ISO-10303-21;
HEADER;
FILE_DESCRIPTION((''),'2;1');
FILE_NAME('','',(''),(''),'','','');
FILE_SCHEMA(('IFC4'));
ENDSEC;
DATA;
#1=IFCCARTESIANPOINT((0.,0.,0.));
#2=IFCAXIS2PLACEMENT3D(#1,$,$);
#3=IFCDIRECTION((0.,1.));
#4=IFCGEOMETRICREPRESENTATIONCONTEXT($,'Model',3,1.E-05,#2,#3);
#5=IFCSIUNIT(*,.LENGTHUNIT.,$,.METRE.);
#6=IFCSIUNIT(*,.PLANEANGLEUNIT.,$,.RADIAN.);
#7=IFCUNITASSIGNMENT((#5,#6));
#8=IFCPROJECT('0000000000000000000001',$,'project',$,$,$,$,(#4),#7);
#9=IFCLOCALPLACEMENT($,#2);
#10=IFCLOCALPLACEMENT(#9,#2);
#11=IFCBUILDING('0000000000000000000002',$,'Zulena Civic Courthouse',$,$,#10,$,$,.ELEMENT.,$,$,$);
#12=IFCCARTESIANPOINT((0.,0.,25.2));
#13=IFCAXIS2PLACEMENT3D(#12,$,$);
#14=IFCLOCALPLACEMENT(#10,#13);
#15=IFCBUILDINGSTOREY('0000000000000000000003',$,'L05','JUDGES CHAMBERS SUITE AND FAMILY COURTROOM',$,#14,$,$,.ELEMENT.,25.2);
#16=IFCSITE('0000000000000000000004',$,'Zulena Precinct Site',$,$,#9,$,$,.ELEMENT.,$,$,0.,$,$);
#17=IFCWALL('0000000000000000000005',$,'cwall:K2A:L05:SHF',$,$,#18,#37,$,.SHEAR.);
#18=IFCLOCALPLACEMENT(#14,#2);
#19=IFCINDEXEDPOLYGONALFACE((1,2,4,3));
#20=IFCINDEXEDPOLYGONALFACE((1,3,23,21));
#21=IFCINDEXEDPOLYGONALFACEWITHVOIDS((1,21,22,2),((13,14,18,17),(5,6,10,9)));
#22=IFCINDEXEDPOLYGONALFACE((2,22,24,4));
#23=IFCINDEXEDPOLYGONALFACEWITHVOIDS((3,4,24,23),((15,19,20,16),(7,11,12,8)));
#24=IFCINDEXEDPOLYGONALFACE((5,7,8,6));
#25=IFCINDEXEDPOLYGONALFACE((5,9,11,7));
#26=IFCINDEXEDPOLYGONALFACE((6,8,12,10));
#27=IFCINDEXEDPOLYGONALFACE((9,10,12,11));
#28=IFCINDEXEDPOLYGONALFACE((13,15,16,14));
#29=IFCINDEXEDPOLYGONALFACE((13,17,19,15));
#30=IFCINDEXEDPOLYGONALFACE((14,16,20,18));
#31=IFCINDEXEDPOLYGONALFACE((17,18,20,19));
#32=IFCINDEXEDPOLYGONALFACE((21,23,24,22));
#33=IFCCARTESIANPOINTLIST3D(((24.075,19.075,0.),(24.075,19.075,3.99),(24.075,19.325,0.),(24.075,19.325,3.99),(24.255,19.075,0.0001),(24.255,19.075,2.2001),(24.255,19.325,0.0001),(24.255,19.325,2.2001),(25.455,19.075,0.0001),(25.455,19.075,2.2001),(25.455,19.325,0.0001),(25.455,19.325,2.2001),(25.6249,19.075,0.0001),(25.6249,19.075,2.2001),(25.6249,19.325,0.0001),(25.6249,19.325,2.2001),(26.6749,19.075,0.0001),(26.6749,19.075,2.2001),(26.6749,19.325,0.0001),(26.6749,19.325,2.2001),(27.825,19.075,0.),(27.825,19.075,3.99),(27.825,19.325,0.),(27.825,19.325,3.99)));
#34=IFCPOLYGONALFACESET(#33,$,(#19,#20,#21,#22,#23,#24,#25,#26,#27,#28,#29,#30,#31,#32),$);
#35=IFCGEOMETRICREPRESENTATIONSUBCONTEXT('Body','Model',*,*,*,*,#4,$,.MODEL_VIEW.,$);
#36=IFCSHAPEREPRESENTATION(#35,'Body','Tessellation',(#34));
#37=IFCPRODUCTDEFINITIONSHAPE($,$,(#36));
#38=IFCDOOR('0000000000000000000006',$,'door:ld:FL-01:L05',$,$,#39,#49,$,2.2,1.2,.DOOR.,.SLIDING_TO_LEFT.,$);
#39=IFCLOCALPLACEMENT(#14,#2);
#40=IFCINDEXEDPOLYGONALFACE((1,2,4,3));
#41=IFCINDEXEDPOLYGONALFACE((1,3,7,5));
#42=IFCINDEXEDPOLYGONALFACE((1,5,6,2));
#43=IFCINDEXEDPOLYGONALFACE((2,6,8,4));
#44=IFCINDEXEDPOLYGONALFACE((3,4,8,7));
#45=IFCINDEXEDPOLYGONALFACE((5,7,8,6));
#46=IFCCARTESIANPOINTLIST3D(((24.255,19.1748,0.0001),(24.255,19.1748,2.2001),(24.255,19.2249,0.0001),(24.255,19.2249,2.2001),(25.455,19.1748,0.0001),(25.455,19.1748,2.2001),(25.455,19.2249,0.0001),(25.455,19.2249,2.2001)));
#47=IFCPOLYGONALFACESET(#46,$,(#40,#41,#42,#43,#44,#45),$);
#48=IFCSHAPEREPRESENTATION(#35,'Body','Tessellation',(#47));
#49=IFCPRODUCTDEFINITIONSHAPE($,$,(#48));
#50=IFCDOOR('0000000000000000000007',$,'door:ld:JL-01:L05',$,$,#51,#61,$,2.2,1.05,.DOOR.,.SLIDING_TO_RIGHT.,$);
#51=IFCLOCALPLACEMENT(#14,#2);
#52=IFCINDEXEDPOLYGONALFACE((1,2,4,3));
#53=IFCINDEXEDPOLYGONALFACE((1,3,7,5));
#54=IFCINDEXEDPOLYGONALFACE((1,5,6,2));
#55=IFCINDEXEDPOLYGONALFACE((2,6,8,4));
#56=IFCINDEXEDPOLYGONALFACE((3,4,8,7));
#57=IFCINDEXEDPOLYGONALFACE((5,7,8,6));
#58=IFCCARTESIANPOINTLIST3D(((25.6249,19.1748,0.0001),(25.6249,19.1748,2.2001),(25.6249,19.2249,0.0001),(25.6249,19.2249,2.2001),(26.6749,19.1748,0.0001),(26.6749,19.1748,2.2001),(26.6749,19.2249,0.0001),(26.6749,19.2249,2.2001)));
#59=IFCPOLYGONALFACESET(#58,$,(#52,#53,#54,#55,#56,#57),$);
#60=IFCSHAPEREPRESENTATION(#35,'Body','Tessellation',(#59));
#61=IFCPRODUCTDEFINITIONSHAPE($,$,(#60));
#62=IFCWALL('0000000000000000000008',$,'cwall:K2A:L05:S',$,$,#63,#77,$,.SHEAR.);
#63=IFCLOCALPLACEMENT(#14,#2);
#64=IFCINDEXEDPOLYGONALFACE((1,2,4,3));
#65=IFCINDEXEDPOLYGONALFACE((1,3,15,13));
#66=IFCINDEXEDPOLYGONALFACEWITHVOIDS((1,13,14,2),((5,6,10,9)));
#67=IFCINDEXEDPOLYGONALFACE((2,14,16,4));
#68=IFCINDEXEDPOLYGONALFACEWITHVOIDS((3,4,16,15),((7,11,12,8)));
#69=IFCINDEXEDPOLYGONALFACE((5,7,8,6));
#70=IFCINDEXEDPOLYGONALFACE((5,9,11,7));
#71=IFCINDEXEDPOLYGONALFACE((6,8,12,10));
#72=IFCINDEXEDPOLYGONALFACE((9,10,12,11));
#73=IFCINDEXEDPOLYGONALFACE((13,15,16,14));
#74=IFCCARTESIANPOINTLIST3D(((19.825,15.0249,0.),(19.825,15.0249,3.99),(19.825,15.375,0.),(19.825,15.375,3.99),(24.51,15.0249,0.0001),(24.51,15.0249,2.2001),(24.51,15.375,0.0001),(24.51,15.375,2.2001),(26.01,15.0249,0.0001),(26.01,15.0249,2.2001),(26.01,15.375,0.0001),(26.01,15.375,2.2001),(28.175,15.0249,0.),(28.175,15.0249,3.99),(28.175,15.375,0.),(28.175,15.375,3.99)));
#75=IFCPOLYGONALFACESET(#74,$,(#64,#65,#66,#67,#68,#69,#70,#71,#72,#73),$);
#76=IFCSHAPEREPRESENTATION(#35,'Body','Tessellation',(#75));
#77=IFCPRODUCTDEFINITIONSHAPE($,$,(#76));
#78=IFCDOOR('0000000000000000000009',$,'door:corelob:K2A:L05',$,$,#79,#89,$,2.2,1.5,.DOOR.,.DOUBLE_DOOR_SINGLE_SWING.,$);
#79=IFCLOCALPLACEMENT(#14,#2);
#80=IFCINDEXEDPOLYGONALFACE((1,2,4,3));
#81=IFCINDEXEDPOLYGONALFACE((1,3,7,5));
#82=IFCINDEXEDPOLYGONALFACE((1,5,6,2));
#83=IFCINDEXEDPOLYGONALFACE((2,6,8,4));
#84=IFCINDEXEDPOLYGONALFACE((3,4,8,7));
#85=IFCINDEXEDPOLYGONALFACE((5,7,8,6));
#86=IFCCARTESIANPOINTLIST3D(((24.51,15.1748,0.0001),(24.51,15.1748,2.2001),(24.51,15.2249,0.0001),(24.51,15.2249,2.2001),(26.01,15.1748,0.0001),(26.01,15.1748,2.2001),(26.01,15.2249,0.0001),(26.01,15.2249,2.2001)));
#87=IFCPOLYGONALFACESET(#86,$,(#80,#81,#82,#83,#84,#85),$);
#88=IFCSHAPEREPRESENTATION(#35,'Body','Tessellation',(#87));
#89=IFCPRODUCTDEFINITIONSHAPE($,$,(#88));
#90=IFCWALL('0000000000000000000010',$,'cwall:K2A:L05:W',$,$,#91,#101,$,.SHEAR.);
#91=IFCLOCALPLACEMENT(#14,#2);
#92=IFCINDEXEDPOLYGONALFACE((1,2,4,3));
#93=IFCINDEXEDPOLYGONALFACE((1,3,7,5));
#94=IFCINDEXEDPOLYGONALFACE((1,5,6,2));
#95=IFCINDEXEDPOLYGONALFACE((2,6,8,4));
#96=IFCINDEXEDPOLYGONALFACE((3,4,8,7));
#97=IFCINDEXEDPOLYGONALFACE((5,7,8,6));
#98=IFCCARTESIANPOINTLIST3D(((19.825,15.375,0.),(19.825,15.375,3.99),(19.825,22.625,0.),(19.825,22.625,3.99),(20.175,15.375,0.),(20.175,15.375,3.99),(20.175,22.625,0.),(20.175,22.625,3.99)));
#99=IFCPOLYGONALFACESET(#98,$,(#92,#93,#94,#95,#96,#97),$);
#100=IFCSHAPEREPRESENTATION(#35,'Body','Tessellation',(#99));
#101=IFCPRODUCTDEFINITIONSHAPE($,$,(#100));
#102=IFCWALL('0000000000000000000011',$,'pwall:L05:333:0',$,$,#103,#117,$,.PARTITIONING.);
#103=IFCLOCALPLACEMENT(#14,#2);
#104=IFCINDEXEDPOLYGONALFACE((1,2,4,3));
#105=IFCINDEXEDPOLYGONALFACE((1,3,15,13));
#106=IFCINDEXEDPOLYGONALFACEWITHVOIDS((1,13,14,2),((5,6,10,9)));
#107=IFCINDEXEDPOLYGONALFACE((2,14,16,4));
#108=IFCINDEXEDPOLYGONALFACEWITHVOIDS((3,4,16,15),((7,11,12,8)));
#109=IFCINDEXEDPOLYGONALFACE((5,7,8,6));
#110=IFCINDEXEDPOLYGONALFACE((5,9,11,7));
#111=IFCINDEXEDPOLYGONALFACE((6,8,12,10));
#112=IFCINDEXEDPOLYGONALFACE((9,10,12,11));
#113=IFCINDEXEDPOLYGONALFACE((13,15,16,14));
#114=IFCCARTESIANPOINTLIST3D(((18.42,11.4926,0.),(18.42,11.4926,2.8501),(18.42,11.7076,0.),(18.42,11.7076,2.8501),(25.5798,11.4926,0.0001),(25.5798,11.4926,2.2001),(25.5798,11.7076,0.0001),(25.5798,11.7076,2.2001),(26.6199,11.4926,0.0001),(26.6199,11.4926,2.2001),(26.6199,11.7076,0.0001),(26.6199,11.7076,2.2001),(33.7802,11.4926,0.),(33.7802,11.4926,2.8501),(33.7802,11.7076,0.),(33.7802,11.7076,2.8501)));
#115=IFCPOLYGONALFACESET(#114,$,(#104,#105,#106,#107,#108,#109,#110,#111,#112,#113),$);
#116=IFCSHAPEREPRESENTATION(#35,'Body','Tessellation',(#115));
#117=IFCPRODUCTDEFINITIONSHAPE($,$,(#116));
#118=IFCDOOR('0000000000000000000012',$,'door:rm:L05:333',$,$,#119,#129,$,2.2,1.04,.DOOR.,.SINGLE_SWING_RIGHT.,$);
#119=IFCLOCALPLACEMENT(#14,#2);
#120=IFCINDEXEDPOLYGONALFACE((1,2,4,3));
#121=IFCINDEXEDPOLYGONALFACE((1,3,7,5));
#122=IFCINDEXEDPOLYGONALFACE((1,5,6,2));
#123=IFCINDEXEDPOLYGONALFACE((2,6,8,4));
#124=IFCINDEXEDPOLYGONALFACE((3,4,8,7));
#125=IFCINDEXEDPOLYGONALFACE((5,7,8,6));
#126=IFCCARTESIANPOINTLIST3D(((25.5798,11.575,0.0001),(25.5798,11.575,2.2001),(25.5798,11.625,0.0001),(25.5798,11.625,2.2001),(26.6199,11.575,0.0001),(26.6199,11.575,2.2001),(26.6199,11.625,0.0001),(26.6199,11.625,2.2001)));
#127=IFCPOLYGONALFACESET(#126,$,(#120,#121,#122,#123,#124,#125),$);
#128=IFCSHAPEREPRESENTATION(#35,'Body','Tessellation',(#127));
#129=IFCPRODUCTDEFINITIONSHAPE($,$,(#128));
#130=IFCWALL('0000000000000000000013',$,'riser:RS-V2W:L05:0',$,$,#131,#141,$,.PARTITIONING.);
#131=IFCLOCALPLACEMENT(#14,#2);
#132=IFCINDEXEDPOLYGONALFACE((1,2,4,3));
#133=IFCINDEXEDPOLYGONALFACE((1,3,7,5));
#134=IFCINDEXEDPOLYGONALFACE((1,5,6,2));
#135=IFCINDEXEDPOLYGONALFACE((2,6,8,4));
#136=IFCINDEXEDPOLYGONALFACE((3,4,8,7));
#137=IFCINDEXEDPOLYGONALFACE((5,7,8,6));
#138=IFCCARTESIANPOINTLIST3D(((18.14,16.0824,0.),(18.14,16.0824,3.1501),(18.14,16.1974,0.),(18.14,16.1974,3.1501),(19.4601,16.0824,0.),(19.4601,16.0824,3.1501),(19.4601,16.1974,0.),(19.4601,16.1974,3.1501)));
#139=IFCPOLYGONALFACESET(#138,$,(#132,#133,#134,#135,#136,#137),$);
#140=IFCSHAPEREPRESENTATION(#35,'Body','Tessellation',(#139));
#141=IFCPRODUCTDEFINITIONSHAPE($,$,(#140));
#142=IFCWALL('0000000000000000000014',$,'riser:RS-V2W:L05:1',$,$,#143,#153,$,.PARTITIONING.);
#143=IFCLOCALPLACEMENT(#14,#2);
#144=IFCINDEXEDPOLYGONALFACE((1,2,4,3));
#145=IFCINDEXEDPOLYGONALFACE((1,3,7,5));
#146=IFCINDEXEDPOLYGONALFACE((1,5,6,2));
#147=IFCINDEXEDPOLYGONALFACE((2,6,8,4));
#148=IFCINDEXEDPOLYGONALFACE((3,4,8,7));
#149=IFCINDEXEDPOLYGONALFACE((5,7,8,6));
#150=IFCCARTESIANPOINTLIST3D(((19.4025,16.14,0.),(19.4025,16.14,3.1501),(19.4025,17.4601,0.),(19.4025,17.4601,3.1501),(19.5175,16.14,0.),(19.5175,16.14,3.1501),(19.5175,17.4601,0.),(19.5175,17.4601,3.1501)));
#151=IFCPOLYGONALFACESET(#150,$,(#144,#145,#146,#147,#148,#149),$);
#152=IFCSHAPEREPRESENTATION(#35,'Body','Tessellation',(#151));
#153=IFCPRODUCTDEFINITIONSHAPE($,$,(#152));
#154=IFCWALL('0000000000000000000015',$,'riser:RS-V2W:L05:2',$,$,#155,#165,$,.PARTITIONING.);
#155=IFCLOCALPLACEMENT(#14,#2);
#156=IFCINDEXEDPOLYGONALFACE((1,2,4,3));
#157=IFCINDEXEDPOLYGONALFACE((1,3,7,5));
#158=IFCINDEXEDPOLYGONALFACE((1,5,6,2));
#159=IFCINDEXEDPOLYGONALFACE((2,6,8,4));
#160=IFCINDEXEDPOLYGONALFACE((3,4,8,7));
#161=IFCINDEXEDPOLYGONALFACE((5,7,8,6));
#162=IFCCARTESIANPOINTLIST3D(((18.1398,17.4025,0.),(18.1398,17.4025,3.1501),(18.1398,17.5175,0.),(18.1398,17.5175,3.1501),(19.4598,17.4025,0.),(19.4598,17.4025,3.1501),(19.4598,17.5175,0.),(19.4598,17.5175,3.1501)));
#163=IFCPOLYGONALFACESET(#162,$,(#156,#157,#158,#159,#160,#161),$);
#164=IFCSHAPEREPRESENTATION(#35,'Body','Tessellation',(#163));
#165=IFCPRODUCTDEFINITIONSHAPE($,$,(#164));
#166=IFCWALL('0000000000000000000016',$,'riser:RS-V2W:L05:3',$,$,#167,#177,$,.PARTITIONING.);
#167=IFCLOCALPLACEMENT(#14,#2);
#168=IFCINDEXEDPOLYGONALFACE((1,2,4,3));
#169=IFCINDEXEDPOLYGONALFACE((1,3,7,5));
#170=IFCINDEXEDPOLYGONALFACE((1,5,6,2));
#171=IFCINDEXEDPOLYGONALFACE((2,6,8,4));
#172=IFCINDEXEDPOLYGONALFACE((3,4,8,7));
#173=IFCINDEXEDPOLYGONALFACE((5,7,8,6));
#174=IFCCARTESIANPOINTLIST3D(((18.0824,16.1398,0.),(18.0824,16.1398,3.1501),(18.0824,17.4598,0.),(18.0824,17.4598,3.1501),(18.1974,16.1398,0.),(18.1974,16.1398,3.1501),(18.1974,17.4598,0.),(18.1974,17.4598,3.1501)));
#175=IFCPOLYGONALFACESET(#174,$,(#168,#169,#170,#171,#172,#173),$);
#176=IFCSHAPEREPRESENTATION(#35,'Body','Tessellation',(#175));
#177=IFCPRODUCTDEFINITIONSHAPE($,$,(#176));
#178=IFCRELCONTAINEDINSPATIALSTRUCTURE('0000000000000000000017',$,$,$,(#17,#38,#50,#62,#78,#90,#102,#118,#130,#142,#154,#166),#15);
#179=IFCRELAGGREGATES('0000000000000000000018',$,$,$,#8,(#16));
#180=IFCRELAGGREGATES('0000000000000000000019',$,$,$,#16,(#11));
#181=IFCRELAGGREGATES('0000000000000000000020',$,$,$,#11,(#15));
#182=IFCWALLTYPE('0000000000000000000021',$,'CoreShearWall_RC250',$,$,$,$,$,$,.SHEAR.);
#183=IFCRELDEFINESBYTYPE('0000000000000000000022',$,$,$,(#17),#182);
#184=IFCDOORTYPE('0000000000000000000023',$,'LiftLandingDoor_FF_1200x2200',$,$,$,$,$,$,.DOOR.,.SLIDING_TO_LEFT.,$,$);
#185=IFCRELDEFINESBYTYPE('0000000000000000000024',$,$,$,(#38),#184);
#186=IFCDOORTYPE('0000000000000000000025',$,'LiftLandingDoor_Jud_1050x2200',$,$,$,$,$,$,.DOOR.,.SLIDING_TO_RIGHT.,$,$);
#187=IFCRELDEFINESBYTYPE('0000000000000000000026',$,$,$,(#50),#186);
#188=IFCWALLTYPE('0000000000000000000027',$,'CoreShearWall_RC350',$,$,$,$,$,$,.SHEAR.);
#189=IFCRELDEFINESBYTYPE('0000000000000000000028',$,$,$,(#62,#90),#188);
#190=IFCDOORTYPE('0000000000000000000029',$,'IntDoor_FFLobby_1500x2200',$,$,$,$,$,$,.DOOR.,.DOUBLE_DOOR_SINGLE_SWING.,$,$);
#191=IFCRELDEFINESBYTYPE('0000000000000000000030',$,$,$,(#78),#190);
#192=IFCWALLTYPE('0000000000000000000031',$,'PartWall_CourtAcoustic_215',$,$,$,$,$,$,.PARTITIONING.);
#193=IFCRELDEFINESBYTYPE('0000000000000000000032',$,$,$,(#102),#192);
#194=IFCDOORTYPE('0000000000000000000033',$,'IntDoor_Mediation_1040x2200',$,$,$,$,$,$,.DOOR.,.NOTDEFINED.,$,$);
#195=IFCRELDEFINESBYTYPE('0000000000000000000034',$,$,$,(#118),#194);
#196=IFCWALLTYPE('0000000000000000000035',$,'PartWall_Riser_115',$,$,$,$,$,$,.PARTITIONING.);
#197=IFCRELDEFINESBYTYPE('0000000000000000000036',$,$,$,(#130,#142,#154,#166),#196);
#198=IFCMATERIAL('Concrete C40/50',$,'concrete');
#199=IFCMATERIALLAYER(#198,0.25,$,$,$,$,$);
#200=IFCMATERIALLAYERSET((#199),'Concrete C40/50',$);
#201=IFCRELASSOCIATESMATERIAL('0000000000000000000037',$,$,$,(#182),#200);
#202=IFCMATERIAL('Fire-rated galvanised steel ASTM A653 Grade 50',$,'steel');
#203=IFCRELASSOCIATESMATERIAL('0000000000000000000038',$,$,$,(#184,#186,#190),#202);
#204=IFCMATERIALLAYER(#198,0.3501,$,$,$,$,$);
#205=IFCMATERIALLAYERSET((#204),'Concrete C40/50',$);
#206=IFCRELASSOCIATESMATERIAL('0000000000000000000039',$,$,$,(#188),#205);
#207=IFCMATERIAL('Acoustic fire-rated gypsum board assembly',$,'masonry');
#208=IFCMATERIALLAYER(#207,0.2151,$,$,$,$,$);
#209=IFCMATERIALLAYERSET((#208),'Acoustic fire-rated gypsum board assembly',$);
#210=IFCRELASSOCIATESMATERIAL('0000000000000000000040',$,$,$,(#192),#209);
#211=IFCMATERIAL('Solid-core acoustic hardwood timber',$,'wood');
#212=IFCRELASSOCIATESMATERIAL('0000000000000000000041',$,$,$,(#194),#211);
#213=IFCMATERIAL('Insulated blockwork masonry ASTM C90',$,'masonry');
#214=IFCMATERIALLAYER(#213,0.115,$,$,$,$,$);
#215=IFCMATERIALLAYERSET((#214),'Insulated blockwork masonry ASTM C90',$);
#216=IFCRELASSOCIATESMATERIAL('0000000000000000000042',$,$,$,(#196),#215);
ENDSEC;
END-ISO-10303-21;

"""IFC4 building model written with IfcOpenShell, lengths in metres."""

from ifc_helpers import new_model, si_unit, direction, frame, frame_2d, origin, place, context, subcontext, project, spatial, rectangle, extrude, material, layer, layer_set, type_object, element, fill, save


model = new_model("IFC4")

# Units and contexts
model_context = context("Model", 3, precision=1e-05, world=origin(), true_north=direction((0.0, 1.0)))
body_context = subcontext(model_context, "Body", "Model", "MODEL_VIEW")
ifc_project = project(units=[si_unit("LENGTHUNIT", "METRE"), si_unit("PLANEANGLEUNIT", "RADIAN")], contexts=[model_context])

# Site, building, storey
site_placement = place(None, origin())
site = spatial("IfcSite", under=ifc_project, at=site_placement, Name="Zulena Precinct Site", CompositionType="ELEMENT", RefElevation=0.0)
building_placement = place(site_placement, origin())
building = spatial("IfcBuilding", under=site, at=building_placement, Name="Zulena Civic Courthouse", CompositionType="ELEMENT")
storey_placement = place(building_placement, frame((0.0, 0.0, 25.2)))
storey = spatial("IfcBuildingStorey", under=building, at=storey_placement, Name="L05", Description="JUDGES CHAMBERS SUITE AND FAMILY COURTROOM", CompositionType="ELEMENT", Elevation=25.2)

# Shared definitions
ifc_material_1 = material(Name="Concrete C40/50", Category="concrete")
ifc_layer_1 = layer(ifc_material_1, 0.25)
ifc_layer_set_1 = layer_set([ifc_layer_1], Name="Concrete C40/50")
wall_type_1 = type_object("IfcWallType", Name="CoreShearWall_RC250", PredefinedType="SHEAR", material=ifc_layer_set_1)
ifc_material_2 = material(Name="Fire-rated galvanised steel ASTM A653 Grade 50", Category="steel")

# Wall, openings, doors
wall_1_placement = place(storey_placement, frame((24.075, 19.2, 0.0), z_axis=(0.0, 0.0, 1.0), x_axis=(1.0, 0.0, 0.0)))
wall_1 = element("IfcWall", 1, at=wall_1_placement, inside=storey, type_object=wall_type_1, Name="cwall:K2A:L05:SHF", PredefinedType="SHEAR", context=body_context, shape_type="SweptSolid", body=[
    extrude(rectangle(XDim=3.75, YDim=0.25, at=frame_2d((1.875, 0.0))), origin(), (0.0, 0.0, 1.0), 3.99),
])
opening_1_placement = place(wall_1_placement, frame((0.1799, 0.0, 0.0)))
opening_1 = element("IfcOpeningElement", 2, at=opening_1_placement, cuts=wall_1, PredefinedType="OPENING", context=body_context, shape_type="SweptSolid", body=[
    extrude(rectangle(XDim=1.2, YDim=2.2, at=frame_2d((0.6001, 1.1001))), frame((0.0, 0.135, 0.0), z_axis=(0.0, -1.0, 0.0), x_axis=(1.0, 0.0, 0.0)), (0.0, 0.0, 1.0), 0.27),
])
opening_2_placement = place(wall_1_placement, frame((1.55, 0.0, 0.0)))
opening_2 = element("IfcOpeningElement", 3, at=opening_2_placement, cuts=wall_1, PredefinedType="OPENING", context=body_context, shape_type="SweptSolid", body=[
    extrude(rectangle(XDim=1.05, YDim=2.2, at=frame_2d((0.5249, 1.1001))), frame((0.0, 0.135, 0.0), z_axis=(0.0, -1.0, 0.0), x_axis=(1.0, 0.0, 0.0)), (0.0, 0.0, 1.0), 0.27),
])
door_type_1 = type_object("IfcDoorType", Name="LiftLandingDoor_FF_1200x2200", OperationType="SLIDING_TO_LEFT", PredefinedType="DOOR", material=ifc_material_2)
door_1_placement = place(opening_1_placement, origin())
door_1 = element("IfcDoor", 4, at=door_1_placement, inside=storey, type_object=door_type_1, Name="door:ld:FL-01:L05", OperationType="SLIDING_TO_LEFT", OverallHeight=2.2, OverallWidth=1.2, PredefinedType="DOOR", context=body_context, shape_type="SweptSolid", body=[
    extrude(rectangle(XDim=1.2, YDim=2.2, at=frame_2d((0.6001, 1.1001))), frame((0.0, 0.0249, 0.0), z_axis=(0.0, -1.0, 0.0), x_axis=(1.0, 0.0, 0.0)), (0.0, 0.0, 1.0), 0.05),
])
fill(opening_1, door_1)
door_type_2 = type_object("IfcDoorType", Name="LiftLandingDoor_Jud_1050x2200", OperationType="SLIDING_TO_RIGHT", PredefinedType="DOOR", material=ifc_material_2)
door_2_placement = place(opening_2_placement, origin())
door_2 = element("IfcDoor", 5, at=door_2_placement, inside=storey, type_object=door_type_2, Name="door:ld:JL-01:L05", OperationType="SLIDING_TO_RIGHT", OverallHeight=2.2, OverallWidth=1.05, PredefinedType="DOOR", context=body_context, shape_type="SweptSolid", body=[
    extrude(rectangle(XDim=1.05, YDim=2.2, at=frame_2d((0.5249, 1.1001))), frame((0.0, 0.0249, 0.0), z_axis=(0.0, -1.0, 0.0), x_axis=(1.0, 0.0, 0.0)), (0.0, 0.0, 1.0), 0.05),
])
fill(opening_2, door_2)

# Wall, opening, door
ifc_layer_2 = layer(ifc_material_1, 0.3501)
ifc_layer_set_2 = layer_set([ifc_layer_2], Name="Concrete C40/50")
wall_type_2 = type_object("IfcWallType", Name="CoreShearWall_RC350", PredefinedType="SHEAR", material=ifc_layer_set_2)
wall_2_placement = place(storey_placement, frame((19.825, 15.2, 0.0), z_axis=(0.0, 0.0, 1.0), x_axis=(1.0, 0.0, 0.0)))
wall_2 = element("IfcWall", 6, at=wall_2_placement, inside=storey, type_object=wall_type_2, Name="cwall:K2A:L05:S", PredefinedType="SHEAR", context=body_context, shape_type="SweptSolid", body=[
    extrude(rectangle(XDim=8.3501, YDim=0.3501, at=frame_2d((4.175, 0.0))), origin(), (0.0, 0.0, 1.0), 3.99),
])
opening_3_placement = place(wall_2_placement, frame((4.6851, 0.0, 0.0)))
opening_3 = element("IfcOpeningElement", 7, at=opening_3_placement, cuts=wall_2, PredefinedType="OPENING", context=body_context, shape_type="SweptSolid", body=[
    extrude(rectangle(XDim=1.5, YDim=2.2, at=frame_2d((0.75, 1.1001))), frame((0.0, 0.1851, 0.0), z_axis=(0.0, -1.0, 0.0), x_axis=(1.0, 0.0, 0.0)), (0.0, 0.0, 1.0), 0.3701),
])
door_type_3 = type_object("IfcDoorType", Name="IntDoor_FFLobby_1500x2200", OperationType="DOUBLE_DOOR_SINGLE_SWING", PredefinedType="DOOR", material=ifc_material_2)
door_3_placement = place(opening_3_placement, origin())
door_3 = element("IfcDoor", 8, at=door_3_placement, inside=storey, type_object=door_type_3, Name="door:corelob:K2A:L05", OperationType="DOUBLE_DOOR_SINGLE_SWING", OverallHeight=2.2, OverallWidth=1.5, PredefinedType="DOOR", context=body_context, shape_type="SweptSolid", body=[
    extrude(rectangle(XDim=1.5, YDim=2.2, at=frame_2d((0.75, 1.1001))), frame((0.0, 0.0249, 0.0), z_axis=(0.0, -1.0, 0.0), x_axis=(1.0, 0.0, 0.0)), (0.0, 0.0, 1.0), 0.05),
])
fill(opening_3, door_3)

# Wall
wall_3_placement = place(storey_placement, frame((20.0, 15.375, 0.0), z_axis=(0.0, 0.0, 1.0), x_axis=(0.0, 1.0, 0.0)))
element("IfcWall", 9, at=wall_3_placement, inside=storey, type_object=wall_type_2, Name="cwall:K2A:L05:W", PredefinedType="SHEAR", context=body_context, shape_type="SweptSolid", body=[
    extrude(rectangle(XDim=7.25, YDim=0.3501, at=frame_2d((3.625, 0.0))), origin(), (0.0, 0.0, 1.0), 3.99),
])

# Wall, opening, door
ifc_material_3 = material(Name="Acoustic fire-rated gypsum board assembly", Category="masonry")
ifc_layer_3 = layer(ifc_material_3, 0.2151)
ifc_layer_set_3 = layer_set([ifc_layer_3], Name="Acoustic fire-rated gypsum board assembly")
wall_type_3 = type_object("IfcWallType", Name="PartWall_CourtAcoustic_215", PredefinedType="PARTITIONING", material=ifc_layer_set_3)
wall_4_placement = place(storey_placement, frame((18.4199, 11.6001, 0.0), z_axis=(0.0, 0.0, 1.0), x_axis=(1.0, 0.0, 0.0)))
wall_4 = element("IfcWall", 10, at=wall_4_placement, inside=storey, type_object=wall_type_3, Name="pwall:L05:333:0", PredefinedType="PARTITIONING", context=body_context, shape_type="SweptSolid", body=[
    extrude(rectangle(XDim=15.3601, YDim=0.2151, at=frame_2d((7.6802, 0.0))), origin(), (0.0, 0.0, 1.0), 2.8501),
])
opening_4_placement = place(wall_4_placement, frame((7.1599, 0.0, 0.0)))
opening_4 = element("IfcOpeningElement", 11, at=opening_4_placement, cuts=wall_4, PredefinedType="OPENING", context=body_context, shape_type="SweptSolid", body=[
    extrude(rectangle(XDim=1.04, YDim=2.2, at=frame_2d((0.52, 1.1001))), frame((0.0, 0.1174, 0.0), z_axis=(0.0, -1.0, 0.0), x_axis=(1.0, 0.0, 0.0)), (0.0, 0.0, 1.0), 0.2351),
])
ifc_material_4 = material(Name="Solid-core acoustic hardwood timber", Category="wood")
door_type_4 = type_object("IfcDoorType", Name="IntDoor_Mediation_1040x2200", OperationType="NOTDEFINED", PredefinedType="DOOR", material=ifc_material_4)
door_4_placement = place(opening_4_placement, origin())
door_4 = element("IfcDoor", 12, at=door_4_placement, inside=storey, type_object=door_type_4, Name="door:rm:L05:333", OperationType="SINGLE_SWING_RIGHT", OverallHeight=2.2, OverallWidth=1.04, PredefinedType="DOOR", context=body_context, shape_type="SweptSolid", body=[
    extrude(rectangle(XDim=1.04, YDim=2.2, at=frame_2d((0.52, 1.1001))), frame((0.0, 0.0249, 0.0), z_axis=(0.0, -1.0, 0.0), x_axis=(1.0, 0.0, 0.0)), (0.0, 0.0, 1.0), 0.05),
])
fill(opening_4, door_4)

# Walls
ifc_material_5 = material(Name="Insulated blockwork masonry ASTM C90", Category="masonry")
ifc_layer_4 = layer(ifc_material_5, 0.115)
ifc_layer_set_4 = layer_set([ifc_layer_4], Name="Insulated blockwork masonry ASTM C90")
wall_type_4 = type_object("IfcWallType", Name="PartWall_Riser_115", PredefinedType="PARTITIONING", material=ifc_layer_set_4)
for number, where, z_axis, x_axis, name in (
    (13, (18.1399, 16.1399, 0.0), (0.0, 0.0, 1.0), (1.0, 0.0, 0.0), "riser:RS-V2W:L05:0"),
    (14, (19.46, 16.1399, 0.0), (0.0, 0.0, 1.0), (0.0, 1.0, 0.0), "riser:RS-V2W:L05:1"),
    (15, (19.46, 17.46, 0.0), (0.0, 0.0, 1.0), (-1.0, 0.0, 0.0), "riser:RS-V2W:L05:2"),
    (16, (18.1399, 17.46, 0.0), (0.0, 0.0, 1.0), (0.0, -1.0, 0.0), "riser:RS-V2W:L05:3"),
):
    element("IfcWall", number, at=place(storey_placement, frame(where, z_axis=z_axis, x_axis=x_axis)), inside=storey, type_object=wall_type_4, Name=name, PredefinedType="PARTITIONING", context=body_context, shape_type="SweptSolid", body=[
        extrude(rectangle(XDim=1.3201, YDim=0.115, at=frame_2d((0.6602, 0.0))), origin(), (0.0, 0.0, 1.0), 3.1501),
    ])

save(model, "model.ifc")
